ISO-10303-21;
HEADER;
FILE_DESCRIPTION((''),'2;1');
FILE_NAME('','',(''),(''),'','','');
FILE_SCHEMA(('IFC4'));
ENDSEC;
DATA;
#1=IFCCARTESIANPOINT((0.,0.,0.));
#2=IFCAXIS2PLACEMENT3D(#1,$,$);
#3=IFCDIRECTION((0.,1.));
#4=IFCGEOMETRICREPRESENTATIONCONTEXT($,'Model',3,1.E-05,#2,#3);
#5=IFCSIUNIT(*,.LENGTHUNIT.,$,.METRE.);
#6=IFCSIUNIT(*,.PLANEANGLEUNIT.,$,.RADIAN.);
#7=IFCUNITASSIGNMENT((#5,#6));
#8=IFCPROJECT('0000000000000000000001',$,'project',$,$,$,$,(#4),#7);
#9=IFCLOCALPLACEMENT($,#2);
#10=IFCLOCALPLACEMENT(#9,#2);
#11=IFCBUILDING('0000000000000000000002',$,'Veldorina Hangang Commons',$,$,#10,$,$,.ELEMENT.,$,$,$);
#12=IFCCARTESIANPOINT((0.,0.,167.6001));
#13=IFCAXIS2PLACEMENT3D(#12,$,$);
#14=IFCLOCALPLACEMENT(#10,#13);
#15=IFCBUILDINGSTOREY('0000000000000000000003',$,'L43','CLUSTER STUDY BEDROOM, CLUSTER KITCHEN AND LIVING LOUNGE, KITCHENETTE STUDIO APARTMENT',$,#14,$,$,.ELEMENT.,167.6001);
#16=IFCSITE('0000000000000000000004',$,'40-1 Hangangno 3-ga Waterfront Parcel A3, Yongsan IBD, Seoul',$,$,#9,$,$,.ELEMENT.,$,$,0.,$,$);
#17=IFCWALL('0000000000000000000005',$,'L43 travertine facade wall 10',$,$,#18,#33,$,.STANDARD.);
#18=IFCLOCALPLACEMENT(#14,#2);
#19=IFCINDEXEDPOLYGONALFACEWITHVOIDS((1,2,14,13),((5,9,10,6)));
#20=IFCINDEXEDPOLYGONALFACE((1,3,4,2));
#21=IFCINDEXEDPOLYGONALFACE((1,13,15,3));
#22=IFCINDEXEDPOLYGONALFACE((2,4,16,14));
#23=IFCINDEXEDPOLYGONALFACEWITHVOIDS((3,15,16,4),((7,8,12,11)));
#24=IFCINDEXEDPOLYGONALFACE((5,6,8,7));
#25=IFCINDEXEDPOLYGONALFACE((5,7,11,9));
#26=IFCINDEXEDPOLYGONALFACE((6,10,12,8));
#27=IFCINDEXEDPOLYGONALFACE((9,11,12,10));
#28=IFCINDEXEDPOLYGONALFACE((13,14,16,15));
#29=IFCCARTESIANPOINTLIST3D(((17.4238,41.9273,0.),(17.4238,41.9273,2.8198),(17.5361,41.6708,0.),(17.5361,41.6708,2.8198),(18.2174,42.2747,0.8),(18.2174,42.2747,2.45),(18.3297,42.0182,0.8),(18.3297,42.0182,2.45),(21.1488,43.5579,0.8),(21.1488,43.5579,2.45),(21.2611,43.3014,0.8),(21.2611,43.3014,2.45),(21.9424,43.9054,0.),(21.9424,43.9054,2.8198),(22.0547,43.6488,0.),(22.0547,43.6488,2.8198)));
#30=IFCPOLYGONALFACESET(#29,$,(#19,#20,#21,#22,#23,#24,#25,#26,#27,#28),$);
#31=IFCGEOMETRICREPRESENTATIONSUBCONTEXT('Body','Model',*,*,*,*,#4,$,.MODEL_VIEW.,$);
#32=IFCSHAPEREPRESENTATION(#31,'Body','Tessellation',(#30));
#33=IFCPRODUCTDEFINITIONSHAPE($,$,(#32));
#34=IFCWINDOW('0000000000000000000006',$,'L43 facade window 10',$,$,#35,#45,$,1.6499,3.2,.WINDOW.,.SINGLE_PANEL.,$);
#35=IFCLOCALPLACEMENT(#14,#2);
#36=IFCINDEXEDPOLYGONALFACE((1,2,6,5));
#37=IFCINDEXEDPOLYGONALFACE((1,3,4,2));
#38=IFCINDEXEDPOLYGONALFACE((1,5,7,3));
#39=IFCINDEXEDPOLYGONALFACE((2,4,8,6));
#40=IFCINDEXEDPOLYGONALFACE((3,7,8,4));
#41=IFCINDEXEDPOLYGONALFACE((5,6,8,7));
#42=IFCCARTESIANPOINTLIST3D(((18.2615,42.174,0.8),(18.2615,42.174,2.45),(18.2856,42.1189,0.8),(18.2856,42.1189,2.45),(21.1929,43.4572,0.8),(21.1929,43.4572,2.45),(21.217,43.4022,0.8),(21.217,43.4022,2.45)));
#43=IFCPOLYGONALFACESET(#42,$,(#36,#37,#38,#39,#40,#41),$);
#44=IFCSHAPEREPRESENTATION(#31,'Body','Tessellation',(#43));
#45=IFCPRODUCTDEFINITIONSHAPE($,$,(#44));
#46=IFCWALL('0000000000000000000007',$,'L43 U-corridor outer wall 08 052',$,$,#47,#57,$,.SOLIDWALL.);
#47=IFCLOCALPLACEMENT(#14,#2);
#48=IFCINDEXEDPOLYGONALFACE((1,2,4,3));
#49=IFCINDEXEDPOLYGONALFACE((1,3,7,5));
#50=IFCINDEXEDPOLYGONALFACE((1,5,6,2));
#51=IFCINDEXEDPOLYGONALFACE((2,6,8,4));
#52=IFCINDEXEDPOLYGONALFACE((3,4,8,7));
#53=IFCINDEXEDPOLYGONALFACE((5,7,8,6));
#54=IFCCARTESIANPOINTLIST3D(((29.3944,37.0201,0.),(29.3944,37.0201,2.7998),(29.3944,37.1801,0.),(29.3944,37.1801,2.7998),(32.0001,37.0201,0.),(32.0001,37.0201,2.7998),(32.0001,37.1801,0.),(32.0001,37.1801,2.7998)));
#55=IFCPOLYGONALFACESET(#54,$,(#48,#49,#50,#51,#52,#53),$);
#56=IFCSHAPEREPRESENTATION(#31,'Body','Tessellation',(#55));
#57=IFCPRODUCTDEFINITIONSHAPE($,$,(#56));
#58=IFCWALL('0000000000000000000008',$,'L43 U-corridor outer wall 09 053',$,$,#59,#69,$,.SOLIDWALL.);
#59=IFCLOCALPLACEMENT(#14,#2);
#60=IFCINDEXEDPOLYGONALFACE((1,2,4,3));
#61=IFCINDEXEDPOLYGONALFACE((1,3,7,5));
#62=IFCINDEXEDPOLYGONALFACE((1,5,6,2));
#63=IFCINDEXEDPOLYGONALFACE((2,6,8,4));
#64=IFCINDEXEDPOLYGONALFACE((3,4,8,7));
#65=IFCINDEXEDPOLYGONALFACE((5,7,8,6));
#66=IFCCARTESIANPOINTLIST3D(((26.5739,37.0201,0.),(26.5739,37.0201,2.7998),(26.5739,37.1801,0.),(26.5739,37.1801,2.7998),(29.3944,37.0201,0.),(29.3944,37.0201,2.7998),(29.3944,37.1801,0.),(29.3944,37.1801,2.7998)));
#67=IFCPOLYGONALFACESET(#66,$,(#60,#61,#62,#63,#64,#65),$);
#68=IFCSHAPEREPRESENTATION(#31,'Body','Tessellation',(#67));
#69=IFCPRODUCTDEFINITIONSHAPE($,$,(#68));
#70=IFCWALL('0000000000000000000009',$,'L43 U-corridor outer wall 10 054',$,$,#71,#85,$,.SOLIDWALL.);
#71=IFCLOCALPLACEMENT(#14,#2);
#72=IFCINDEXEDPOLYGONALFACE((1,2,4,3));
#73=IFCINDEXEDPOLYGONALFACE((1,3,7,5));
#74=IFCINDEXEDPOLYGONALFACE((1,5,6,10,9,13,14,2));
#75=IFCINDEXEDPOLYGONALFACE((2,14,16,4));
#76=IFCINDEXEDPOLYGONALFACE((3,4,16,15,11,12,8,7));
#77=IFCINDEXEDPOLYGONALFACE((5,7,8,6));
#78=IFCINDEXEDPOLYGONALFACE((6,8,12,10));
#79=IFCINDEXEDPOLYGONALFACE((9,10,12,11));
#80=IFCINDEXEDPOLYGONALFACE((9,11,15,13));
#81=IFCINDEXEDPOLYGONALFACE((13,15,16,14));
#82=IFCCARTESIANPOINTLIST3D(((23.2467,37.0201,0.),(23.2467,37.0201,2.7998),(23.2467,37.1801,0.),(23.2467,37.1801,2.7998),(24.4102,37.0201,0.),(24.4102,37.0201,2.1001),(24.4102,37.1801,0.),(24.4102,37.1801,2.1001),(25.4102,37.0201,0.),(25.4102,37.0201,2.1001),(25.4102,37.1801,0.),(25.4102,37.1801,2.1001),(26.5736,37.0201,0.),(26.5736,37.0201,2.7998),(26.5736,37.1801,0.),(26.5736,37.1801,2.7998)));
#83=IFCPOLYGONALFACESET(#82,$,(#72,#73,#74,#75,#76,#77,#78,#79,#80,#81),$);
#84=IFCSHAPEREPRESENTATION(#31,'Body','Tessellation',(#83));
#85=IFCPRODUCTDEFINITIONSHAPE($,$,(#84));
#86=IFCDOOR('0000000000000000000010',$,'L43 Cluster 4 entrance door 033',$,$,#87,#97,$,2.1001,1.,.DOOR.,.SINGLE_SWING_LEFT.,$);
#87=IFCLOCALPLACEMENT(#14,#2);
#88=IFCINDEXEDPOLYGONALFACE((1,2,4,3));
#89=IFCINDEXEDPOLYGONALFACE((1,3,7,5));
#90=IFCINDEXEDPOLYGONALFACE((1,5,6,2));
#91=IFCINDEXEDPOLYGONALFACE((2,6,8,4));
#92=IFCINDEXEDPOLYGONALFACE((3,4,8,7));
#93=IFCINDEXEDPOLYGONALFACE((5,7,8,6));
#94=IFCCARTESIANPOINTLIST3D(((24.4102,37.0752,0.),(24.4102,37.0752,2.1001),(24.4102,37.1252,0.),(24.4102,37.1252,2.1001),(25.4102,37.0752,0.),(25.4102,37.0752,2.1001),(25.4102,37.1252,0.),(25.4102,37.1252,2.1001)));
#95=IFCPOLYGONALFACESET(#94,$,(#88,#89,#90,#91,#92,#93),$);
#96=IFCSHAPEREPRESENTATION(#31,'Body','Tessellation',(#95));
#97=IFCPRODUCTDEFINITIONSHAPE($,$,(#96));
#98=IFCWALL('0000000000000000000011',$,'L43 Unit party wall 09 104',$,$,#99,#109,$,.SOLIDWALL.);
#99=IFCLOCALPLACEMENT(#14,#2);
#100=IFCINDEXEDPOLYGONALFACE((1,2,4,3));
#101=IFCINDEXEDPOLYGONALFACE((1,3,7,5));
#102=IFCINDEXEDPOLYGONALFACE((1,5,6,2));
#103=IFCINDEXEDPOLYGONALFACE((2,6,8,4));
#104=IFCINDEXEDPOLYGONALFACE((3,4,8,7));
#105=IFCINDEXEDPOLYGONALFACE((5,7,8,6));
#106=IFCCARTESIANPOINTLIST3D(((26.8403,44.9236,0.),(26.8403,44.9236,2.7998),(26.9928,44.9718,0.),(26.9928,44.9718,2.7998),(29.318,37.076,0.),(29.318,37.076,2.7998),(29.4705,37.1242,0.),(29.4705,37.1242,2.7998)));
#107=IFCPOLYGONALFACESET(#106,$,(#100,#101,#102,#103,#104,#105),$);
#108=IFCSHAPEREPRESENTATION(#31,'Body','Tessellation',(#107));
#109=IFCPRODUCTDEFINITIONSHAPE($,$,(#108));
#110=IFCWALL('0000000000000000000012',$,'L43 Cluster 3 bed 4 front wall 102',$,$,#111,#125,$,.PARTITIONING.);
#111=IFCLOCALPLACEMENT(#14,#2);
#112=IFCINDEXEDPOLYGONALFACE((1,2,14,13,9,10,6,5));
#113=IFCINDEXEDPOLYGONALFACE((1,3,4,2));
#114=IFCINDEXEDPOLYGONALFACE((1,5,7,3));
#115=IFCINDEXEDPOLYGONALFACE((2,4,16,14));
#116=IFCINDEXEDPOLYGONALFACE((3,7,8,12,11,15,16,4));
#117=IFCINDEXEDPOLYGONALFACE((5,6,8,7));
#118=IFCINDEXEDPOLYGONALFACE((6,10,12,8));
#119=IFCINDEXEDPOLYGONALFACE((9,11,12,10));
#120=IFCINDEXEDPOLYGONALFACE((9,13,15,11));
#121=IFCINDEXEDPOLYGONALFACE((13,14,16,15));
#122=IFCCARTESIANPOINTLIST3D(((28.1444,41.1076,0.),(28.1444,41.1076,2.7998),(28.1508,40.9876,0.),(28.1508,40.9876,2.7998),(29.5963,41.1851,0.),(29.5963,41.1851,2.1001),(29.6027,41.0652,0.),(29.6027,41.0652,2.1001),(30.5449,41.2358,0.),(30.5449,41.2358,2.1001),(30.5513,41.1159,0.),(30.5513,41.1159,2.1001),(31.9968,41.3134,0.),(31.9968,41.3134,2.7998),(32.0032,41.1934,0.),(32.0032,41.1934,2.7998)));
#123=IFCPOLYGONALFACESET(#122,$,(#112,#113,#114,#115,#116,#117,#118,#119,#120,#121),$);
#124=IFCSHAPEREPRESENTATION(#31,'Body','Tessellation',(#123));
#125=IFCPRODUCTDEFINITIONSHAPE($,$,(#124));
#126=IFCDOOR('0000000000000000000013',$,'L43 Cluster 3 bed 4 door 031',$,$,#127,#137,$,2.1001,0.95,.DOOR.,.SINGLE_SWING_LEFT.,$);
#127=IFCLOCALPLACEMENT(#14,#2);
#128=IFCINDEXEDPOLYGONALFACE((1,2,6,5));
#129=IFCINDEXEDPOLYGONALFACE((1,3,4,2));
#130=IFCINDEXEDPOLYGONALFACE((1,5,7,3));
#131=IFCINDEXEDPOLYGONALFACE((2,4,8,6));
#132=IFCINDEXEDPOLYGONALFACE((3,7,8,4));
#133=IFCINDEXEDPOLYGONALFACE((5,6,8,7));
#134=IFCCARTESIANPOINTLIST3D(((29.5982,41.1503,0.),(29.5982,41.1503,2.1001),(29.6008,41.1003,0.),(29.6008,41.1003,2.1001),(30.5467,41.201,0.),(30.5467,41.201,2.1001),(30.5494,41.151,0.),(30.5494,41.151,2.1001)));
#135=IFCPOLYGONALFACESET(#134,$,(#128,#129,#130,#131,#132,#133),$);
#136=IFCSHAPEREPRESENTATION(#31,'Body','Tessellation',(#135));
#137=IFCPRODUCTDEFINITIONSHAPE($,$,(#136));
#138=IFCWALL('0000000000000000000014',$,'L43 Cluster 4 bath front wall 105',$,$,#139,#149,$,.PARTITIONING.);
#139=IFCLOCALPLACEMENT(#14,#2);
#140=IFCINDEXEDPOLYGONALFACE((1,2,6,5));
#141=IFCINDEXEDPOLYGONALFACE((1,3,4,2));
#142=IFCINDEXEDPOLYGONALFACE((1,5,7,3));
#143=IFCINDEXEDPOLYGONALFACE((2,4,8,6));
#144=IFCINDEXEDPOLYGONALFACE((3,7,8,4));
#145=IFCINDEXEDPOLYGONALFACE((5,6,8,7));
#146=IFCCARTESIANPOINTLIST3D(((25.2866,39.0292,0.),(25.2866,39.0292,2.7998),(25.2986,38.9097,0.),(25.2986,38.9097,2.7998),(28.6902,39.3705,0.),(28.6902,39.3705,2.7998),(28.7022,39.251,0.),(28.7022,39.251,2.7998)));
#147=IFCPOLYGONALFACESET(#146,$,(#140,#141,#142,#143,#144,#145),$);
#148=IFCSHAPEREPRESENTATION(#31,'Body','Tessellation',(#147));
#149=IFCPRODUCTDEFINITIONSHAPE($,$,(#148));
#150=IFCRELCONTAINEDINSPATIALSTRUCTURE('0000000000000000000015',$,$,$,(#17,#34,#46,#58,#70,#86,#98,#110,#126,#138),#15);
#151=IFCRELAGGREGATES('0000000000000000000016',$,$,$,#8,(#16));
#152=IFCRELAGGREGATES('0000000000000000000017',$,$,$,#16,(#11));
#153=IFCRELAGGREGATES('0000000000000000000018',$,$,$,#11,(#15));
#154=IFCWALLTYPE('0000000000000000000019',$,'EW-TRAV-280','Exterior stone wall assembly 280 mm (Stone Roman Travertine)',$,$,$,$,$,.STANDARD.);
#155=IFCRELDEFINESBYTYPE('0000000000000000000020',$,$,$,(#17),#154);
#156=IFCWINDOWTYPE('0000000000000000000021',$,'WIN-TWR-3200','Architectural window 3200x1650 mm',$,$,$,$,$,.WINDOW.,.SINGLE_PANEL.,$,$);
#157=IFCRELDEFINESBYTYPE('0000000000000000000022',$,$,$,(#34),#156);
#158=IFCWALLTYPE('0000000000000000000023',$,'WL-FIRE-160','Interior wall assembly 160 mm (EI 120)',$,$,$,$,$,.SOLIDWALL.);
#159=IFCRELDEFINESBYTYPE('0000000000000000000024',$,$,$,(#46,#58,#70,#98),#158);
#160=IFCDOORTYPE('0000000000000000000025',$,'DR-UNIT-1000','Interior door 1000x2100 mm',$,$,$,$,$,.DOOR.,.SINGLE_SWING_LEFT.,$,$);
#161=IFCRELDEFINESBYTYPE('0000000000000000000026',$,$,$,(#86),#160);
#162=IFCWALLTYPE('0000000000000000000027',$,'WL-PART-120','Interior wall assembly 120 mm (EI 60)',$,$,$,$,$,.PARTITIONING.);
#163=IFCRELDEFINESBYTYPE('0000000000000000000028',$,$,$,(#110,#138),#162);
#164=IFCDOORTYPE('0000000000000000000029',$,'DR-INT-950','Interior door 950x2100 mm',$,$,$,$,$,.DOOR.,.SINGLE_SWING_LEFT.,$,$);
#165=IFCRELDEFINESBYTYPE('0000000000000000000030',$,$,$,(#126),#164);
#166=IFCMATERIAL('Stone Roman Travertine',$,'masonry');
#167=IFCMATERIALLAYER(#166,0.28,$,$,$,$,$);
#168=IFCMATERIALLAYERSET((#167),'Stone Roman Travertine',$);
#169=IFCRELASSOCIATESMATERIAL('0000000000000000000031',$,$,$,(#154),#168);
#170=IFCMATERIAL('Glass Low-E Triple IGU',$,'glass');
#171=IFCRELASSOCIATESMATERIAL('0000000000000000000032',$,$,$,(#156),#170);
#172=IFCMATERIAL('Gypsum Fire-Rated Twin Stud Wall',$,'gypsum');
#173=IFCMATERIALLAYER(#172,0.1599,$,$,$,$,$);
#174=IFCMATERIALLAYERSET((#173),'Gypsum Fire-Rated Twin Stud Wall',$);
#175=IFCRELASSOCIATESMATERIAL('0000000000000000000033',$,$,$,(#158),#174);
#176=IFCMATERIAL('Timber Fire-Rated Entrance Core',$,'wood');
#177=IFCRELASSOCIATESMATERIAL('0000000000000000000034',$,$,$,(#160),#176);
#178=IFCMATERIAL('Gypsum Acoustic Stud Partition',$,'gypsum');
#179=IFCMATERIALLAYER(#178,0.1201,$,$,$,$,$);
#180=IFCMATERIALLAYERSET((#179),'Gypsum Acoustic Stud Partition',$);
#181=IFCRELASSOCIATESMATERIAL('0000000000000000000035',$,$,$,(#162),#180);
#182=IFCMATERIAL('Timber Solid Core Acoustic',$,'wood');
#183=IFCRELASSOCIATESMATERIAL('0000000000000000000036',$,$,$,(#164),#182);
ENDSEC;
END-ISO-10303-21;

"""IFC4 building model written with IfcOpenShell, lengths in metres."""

from ifc_helpers import new_model, si_unit, direction, frame, frame_2d, origin, place, context, subcontext, project, spatial, rectangle, extrude, material, layer, layer_set, type_object, element, fill, save


model = new_model("IFC4")

# Units and contexts
model_context = context("Model", 3, precision=1e-05, world=origin(), true_north=direction((0.0, 1.0)))
body_context = subcontext(model_context, "Body", "Model", "MODEL_VIEW")
ifc_project = project(units=[si_unit("LENGTHUNIT", "METRE"), si_unit("PLANEANGLEUNIT", "RADIAN")], contexts=[model_context])

# Site, building, storey
site_placement = place(None, origin())
site = spatial("IfcSite", under=ifc_project, at=site_placement, Name="40-1 Hangangno 3-ga Waterfront Parcel A3, Yongsan IBD, Seoul", CompositionType="ELEMENT", RefElevation=0.0)
building_placement = place(site_placement, origin())
building = spatial("IfcBuilding", under=site, at=building_placement, Name="Veldorina Hangang Commons", CompositionType="ELEMENT")
storey_placement = place(building_placement, frame((0.0, 0.0, 167.6001)))
storey = spatial("IfcBuildingStorey", under=building, at=storey_placement, Name="L43", Description="CLUSTER STUDY BEDROOM, CLUSTER KITCHEN AND LIVING LOUNGE, KITCHENETTE STUDIO APARTMENT", CompositionType="ELEMENT", Elevation=167.6001)

# Shared definitions
ifc_material_1 = material(Name="Stone Roman Travertine", Category="masonry")
ifc_layer_1 = layer(ifc_material_1, 0.28)
ifc_layer_set_1 = layer_set([ifc_layer_1], Name="Stone Roman Travertine")
wall_type_1 = type_object("IfcWallType", Name="EW-TRAV-280", Description="Exterior stone wall assembly 280 mm (Stone Roman Travertine)", PredefinedType="STANDARD", material=ifc_layer_set_1)
ifc_material_2 = material(Name="Glass Low-E Triple IGU", Category="glass")
window_type = type_object("IfcWindowType", Name="WIN-TWR-3200", Description="Architectural window 3200x1650 mm", PartitioningType="SINGLE_PANEL", PredefinedType="WINDOW", material=ifc_material_2)

# Wall, opening, window
wall_1_placement = place(storey_placement, frame((21.9985, 43.7771, 0.0), z_axis=(0.0, 0.0, 1.0), x_axis=(-0.916071, -0.401016, 0.0)))
wall_1 = element("IfcWall", 1, at=wall_1_placement, inside=storey, type_object=wall_type_1, Name="L43 travertine facade wall 10", PredefinedType="STANDARD", context=body_context, shape_type="SweptSolid", body=[
    extrude(rectangle(XDim=4.9326, YDim=0.28, at=frame_2d((2.4663, 0.0))), origin(), (0.0, 0.0, 1.0), 2.8198),
])
opening_1_placement = place(wall_1_placement, frame((0.8662, 0.0, 0.8)))
opening_1 = element("IfcOpeningElement", 2, at=opening_1_placement, cuts=wall_1, PredefinedType="OPENING", context=body_context, shape_type="SweptSolid", body=[
    extrude(rectangle(XDim=3.2, YDim=1.6499, at=frame_2d((1.6001, 0.825))), frame((0.0, 0.1499, 0.0), z_axis=(0.0, -1.0, 0.0), x_axis=(1.0, 0.0, 0.0)), (0.0, 0.0, 1.0), 0.3),
])
window_1_placement = place(opening_1_placement, origin())
window_1 = element("IfcWindow", 3, at=window_1_placement, inside=storey, type_object=window_type, Name="L43 facade window 10", OverallHeight=1.6499, OverallWidth=3.2, PartitioningType="SINGLE_PANEL", PredefinedType="WINDOW", context=body_context, shape_type="SweptSolid", body=[
    extrude(rectangle(XDim=3.2, YDim=1.6499, at=frame_2d((1.6001, 0.825))), frame((0.0, 0.03, 0.0), z_axis=(0.0, -1.0, 0.0), x_axis=(1.0, 0.0, 0.0)), (0.0, 0.0, 1.0), 0.0601),
])
fill(opening_1, window_1)

# Walls
ifc_material_3 = material(Name="Gypsum Fire-Rated Twin Stud Wall", Category="gypsum")
ifc_layer_2 = layer(ifc_material_3, 0.1599)
ifc_layer_set_2 = layer_set([ifc_layer_2], Name="Gypsum Fire-Rated Twin Stud Wall")
wall_type_2 = type_object("IfcWallType", Name="WL-FIRE-160", Description="Interior wall assembly 160 mm (EI 120)", PredefinedType="SOLIDWALL", material=ifc_layer_set_2)
wall_2_placement = place(storey_placement, frame((32.0, 37.1001, 0.0), z_axis=(0.0, 0.0, 1.0), x_axis=(-1.0, 0.0, 0.0)))
element("IfcWall", 4, at=wall_2_placement, inside=storey, type_object=wall_type_2, Name="L43 U-corridor outer wall 08 052", PredefinedType="SOLIDWALL", context=body_context, shape_type="SweptSolid", body=[
    extrude(rectangle(XDim=2.6057, YDim=0.1599, at=frame_2d((1.3027, 0.0))), origin(), (0.0, 0.0, 1.0), 2.7998),
])
wall_3_placement = place(storey_placement, frame((29.3943, 37.1001, 0.0), z_axis=(0.0, 0.0, 1.0), x_axis=(-1.0, 0.0, 0.0)))
element("IfcWall", 5, at=wall_3_placement, inside=storey, type_object=wall_type_2, Name="L43 U-corridor outer wall 09 053", PredefinedType="SOLIDWALL", context=body_context, shape_type="SweptSolid", body=[
    extrude(rectangle(XDim=2.8206, YDim=0.1599, at=frame_2d((1.4102, 0.0))), origin(), (0.0, 0.0, 1.0), 2.7998),
])

# Wall, opening, door
wall_4_placement = place(storey_placement, frame((26.5737, 37.1001, 0.0), z_axis=(0.0, 0.0, 1.0), x_axis=(-1.0, 0.0, 0.0)))
wall_4 = element("IfcWall", 6, at=wall_4_placement, inside=storey, type_object=wall_type_2, Name="L43 U-corridor outer wall 10 054", PredefinedType="SOLIDWALL", context=body_context, shape_type="SweptSolid", body=[
    extrude(rectangle(XDim=3.3269, YDim=0.1599, at=frame_2d((1.6636, 0.0))), origin(), (0.0, 0.0, 1.0), 2.7998),
])
opening_2_placement = place(wall_4_placement, frame((1.1636, 0.0, 0.0)))
opening_2 = element("IfcOpeningElement", 7, at=opening_2_placement, cuts=wall_4, PredefinedType="OPENING", context=body_context, shape_type="SweptSolid", body=[
    extrude(rectangle(XDim=1.0, YDim=2.1001, at=frame_2d((0.5, 1.05))), frame((0.0, 0.0898, 0.0), z_axis=(0.0, -1.0, 0.0), x_axis=(1.0, 0.0, 0.0)), (0.0, 0.0, 1.0), 0.1799),
])
ifc_material_4 = material(Name="Timber Fire-Rated Entrance Core", Category="wood")
door_type_1 = type_object("IfcDoorType", Name="DR-UNIT-1000", Description="Interior door 1000x2100 mm", OperationType="SINGLE_SWING_LEFT", PredefinedType="DOOR", material=ifc_material_4)
door_1_placement = place(opening_2_placement, origin())
door_1 = element("IfcDoor", 8, at=door_1_placement, inside=storey, type_object=door_type_1, Name="L43 Cluster 4 entrance door 033", OperationType="SINGLE_SWING_LEFT", OverallHeight=2.1001, OverallWidth=1.0, PredefinedType="DOOR", context=body_context, shape_type="SweptSolid", body=[
    extrude(rectangle(XDim=1.0, YDim=2.1001, at=frame_2d((0.5, 1.05))), frame((0.0, 0.0249, 0.0), z_axis=(0.0, -1.0, 0.0), x_axis=(1.0, 0.0, 0.0)), (0.0, 0.0, 1.0), 0.05),
])
fill(opening_2, door_1)

# Wall
wall_5_placement = place(storey_placement, frame((29.3943, 37.1001, 0.0), z_axis=(0.0, 0.0, 1.0), x_axis=(-0.301085, 0.953597, 0.0)))
element("IfcWall", 9, at=wall_5_placement, inside=storey, type_object=wall_type_2, Name="L43 Unit party wall 09 104", PredefinedType="SOLIDWALL", context=body_context, shape_type="SweptSolid", body=[
    extrude(rectangle(XDim=8.2295, YDim=0.1599, at=frame_2d((4.1147, 0.0))), origin(), (0.0, 0.0, 1.0), 2.7998),
])

# Wall, opening, door
ifc_material_5 = material(Name="Gypsum Acoustic Stud Partition", Category="gypsum")
ifc_layer_3 = layer(ifc_material_5, 0.1201)
ifc_layer_set_3 = layer_set([ifc_layer_3], Name="Gypsum Acoustic Stud Partition")
wall_type_3 = type_object("IfcWallType", Name="WL-PART-120", Description="Interior wall assembly 120 mm (EI 60)", PredefinedType="PARTITIONING", material=ifc_layer_set_3)
wall_6_placement = place(storey_placement, frame((32.0, 41.2534, 0.0), z_axis=(0.0, 0.0, 1.0), x_axis=(-0.998576, -0.053349, 0.0)))
wall_6 = element("IfcWall", 10, at=wall_6_placement, inside=storey, type_object=wall_type_3, Name="L43 Cluster 3 bed 4 front wall 102", PredefinedType="PARTITIONING", context=body_context, shape_type="SweptSolid", body=[
    extrude(rectangle(XDim=3.8579, YDim=0.1201, at=frame_2d((1.929, 0.0))), origin(), (0.0, 0.0, 1.0), 2.7998),
])
opening_3_placement = place(wall_6_placement, frame((1.4539, 0.0, 0.0)))
opening_3 = element("IfcOpeningElement", 11, at=opening_3_placement, cuts=wall_6, PredefinedType="OPENING", context=body_context, shape_type="SweptSolid", body=[
    extrude(rectangle(XDim=0.95, YDim=2.1001, at=frame_2d((0.4751, 1.05))), frame((0.0, 0.0701, 0.0), z_axis=(0.0, -1.0, 0.0), x_axis=(1.0, 0.0, 0.0)), (0.0, 0.0, 1.0), 0.1401),
])
ifc_material_6 = material(Name="Timber Solid Core Acoustic", Category="wood")
door_type_2 = type_object("IfcDoorType", Name="DR-INT-950", Description="Interior door 950x2100 mm", OperationType="SINGLE_SWING_LEFT", PredefinedType="DOOR", material=ifc_material_6)
door_2_placement = place(opening_3_placement, origin())
door_2 = element("IfcDoor", 12, at=door_2_placement, inside=storey, type_object=door_type_2, Name="L43 Cluster 3 bed 4 door 031", OperationType="SINGLE_SWING_LEFT", OverallHeight=2.1001, OverallWidth=0.95, PredefinedType="DOOR", context=body_context, shape_type="SweptSolid", body=[
    extrude(rectangle(XDim=0.95, YDim=2.1001, at=frame_2d((0.4751, 1.05))), frame((0.0, 0.0249, 0.0), z_axis=(0.0, -1.0, 0.0), x_axis=(1.0, 0.0, 0.0)), (0.0, 0.0, 1.0), 0.05),
])
fill(opening_3, door_2)

# Wall
wall_7_placement = place(storey_placement, frame((28.6963, 39.3108, 0.0), z_axis=(0.0, 0.0, 1.0), x_axis=(-0.99501, -0.099779, 0.0)))
element("IfcWall", 13, at=wall_7_placement, inside=storey, type_object=wall_type_3, Name="L43 Cluster 4 bath front wall 105", PredefinedType="PARTITIONING", context=body_context, shape_type="SweptSolid", body=[
    extrude(rectangle(XDim=3.4207, YDim=0.1201, at=frame_2d((1.7104, 0.0))), origin(), (0.0, 0.0, 1.0), 2.7998),
])

save(model, "model.ifc")
